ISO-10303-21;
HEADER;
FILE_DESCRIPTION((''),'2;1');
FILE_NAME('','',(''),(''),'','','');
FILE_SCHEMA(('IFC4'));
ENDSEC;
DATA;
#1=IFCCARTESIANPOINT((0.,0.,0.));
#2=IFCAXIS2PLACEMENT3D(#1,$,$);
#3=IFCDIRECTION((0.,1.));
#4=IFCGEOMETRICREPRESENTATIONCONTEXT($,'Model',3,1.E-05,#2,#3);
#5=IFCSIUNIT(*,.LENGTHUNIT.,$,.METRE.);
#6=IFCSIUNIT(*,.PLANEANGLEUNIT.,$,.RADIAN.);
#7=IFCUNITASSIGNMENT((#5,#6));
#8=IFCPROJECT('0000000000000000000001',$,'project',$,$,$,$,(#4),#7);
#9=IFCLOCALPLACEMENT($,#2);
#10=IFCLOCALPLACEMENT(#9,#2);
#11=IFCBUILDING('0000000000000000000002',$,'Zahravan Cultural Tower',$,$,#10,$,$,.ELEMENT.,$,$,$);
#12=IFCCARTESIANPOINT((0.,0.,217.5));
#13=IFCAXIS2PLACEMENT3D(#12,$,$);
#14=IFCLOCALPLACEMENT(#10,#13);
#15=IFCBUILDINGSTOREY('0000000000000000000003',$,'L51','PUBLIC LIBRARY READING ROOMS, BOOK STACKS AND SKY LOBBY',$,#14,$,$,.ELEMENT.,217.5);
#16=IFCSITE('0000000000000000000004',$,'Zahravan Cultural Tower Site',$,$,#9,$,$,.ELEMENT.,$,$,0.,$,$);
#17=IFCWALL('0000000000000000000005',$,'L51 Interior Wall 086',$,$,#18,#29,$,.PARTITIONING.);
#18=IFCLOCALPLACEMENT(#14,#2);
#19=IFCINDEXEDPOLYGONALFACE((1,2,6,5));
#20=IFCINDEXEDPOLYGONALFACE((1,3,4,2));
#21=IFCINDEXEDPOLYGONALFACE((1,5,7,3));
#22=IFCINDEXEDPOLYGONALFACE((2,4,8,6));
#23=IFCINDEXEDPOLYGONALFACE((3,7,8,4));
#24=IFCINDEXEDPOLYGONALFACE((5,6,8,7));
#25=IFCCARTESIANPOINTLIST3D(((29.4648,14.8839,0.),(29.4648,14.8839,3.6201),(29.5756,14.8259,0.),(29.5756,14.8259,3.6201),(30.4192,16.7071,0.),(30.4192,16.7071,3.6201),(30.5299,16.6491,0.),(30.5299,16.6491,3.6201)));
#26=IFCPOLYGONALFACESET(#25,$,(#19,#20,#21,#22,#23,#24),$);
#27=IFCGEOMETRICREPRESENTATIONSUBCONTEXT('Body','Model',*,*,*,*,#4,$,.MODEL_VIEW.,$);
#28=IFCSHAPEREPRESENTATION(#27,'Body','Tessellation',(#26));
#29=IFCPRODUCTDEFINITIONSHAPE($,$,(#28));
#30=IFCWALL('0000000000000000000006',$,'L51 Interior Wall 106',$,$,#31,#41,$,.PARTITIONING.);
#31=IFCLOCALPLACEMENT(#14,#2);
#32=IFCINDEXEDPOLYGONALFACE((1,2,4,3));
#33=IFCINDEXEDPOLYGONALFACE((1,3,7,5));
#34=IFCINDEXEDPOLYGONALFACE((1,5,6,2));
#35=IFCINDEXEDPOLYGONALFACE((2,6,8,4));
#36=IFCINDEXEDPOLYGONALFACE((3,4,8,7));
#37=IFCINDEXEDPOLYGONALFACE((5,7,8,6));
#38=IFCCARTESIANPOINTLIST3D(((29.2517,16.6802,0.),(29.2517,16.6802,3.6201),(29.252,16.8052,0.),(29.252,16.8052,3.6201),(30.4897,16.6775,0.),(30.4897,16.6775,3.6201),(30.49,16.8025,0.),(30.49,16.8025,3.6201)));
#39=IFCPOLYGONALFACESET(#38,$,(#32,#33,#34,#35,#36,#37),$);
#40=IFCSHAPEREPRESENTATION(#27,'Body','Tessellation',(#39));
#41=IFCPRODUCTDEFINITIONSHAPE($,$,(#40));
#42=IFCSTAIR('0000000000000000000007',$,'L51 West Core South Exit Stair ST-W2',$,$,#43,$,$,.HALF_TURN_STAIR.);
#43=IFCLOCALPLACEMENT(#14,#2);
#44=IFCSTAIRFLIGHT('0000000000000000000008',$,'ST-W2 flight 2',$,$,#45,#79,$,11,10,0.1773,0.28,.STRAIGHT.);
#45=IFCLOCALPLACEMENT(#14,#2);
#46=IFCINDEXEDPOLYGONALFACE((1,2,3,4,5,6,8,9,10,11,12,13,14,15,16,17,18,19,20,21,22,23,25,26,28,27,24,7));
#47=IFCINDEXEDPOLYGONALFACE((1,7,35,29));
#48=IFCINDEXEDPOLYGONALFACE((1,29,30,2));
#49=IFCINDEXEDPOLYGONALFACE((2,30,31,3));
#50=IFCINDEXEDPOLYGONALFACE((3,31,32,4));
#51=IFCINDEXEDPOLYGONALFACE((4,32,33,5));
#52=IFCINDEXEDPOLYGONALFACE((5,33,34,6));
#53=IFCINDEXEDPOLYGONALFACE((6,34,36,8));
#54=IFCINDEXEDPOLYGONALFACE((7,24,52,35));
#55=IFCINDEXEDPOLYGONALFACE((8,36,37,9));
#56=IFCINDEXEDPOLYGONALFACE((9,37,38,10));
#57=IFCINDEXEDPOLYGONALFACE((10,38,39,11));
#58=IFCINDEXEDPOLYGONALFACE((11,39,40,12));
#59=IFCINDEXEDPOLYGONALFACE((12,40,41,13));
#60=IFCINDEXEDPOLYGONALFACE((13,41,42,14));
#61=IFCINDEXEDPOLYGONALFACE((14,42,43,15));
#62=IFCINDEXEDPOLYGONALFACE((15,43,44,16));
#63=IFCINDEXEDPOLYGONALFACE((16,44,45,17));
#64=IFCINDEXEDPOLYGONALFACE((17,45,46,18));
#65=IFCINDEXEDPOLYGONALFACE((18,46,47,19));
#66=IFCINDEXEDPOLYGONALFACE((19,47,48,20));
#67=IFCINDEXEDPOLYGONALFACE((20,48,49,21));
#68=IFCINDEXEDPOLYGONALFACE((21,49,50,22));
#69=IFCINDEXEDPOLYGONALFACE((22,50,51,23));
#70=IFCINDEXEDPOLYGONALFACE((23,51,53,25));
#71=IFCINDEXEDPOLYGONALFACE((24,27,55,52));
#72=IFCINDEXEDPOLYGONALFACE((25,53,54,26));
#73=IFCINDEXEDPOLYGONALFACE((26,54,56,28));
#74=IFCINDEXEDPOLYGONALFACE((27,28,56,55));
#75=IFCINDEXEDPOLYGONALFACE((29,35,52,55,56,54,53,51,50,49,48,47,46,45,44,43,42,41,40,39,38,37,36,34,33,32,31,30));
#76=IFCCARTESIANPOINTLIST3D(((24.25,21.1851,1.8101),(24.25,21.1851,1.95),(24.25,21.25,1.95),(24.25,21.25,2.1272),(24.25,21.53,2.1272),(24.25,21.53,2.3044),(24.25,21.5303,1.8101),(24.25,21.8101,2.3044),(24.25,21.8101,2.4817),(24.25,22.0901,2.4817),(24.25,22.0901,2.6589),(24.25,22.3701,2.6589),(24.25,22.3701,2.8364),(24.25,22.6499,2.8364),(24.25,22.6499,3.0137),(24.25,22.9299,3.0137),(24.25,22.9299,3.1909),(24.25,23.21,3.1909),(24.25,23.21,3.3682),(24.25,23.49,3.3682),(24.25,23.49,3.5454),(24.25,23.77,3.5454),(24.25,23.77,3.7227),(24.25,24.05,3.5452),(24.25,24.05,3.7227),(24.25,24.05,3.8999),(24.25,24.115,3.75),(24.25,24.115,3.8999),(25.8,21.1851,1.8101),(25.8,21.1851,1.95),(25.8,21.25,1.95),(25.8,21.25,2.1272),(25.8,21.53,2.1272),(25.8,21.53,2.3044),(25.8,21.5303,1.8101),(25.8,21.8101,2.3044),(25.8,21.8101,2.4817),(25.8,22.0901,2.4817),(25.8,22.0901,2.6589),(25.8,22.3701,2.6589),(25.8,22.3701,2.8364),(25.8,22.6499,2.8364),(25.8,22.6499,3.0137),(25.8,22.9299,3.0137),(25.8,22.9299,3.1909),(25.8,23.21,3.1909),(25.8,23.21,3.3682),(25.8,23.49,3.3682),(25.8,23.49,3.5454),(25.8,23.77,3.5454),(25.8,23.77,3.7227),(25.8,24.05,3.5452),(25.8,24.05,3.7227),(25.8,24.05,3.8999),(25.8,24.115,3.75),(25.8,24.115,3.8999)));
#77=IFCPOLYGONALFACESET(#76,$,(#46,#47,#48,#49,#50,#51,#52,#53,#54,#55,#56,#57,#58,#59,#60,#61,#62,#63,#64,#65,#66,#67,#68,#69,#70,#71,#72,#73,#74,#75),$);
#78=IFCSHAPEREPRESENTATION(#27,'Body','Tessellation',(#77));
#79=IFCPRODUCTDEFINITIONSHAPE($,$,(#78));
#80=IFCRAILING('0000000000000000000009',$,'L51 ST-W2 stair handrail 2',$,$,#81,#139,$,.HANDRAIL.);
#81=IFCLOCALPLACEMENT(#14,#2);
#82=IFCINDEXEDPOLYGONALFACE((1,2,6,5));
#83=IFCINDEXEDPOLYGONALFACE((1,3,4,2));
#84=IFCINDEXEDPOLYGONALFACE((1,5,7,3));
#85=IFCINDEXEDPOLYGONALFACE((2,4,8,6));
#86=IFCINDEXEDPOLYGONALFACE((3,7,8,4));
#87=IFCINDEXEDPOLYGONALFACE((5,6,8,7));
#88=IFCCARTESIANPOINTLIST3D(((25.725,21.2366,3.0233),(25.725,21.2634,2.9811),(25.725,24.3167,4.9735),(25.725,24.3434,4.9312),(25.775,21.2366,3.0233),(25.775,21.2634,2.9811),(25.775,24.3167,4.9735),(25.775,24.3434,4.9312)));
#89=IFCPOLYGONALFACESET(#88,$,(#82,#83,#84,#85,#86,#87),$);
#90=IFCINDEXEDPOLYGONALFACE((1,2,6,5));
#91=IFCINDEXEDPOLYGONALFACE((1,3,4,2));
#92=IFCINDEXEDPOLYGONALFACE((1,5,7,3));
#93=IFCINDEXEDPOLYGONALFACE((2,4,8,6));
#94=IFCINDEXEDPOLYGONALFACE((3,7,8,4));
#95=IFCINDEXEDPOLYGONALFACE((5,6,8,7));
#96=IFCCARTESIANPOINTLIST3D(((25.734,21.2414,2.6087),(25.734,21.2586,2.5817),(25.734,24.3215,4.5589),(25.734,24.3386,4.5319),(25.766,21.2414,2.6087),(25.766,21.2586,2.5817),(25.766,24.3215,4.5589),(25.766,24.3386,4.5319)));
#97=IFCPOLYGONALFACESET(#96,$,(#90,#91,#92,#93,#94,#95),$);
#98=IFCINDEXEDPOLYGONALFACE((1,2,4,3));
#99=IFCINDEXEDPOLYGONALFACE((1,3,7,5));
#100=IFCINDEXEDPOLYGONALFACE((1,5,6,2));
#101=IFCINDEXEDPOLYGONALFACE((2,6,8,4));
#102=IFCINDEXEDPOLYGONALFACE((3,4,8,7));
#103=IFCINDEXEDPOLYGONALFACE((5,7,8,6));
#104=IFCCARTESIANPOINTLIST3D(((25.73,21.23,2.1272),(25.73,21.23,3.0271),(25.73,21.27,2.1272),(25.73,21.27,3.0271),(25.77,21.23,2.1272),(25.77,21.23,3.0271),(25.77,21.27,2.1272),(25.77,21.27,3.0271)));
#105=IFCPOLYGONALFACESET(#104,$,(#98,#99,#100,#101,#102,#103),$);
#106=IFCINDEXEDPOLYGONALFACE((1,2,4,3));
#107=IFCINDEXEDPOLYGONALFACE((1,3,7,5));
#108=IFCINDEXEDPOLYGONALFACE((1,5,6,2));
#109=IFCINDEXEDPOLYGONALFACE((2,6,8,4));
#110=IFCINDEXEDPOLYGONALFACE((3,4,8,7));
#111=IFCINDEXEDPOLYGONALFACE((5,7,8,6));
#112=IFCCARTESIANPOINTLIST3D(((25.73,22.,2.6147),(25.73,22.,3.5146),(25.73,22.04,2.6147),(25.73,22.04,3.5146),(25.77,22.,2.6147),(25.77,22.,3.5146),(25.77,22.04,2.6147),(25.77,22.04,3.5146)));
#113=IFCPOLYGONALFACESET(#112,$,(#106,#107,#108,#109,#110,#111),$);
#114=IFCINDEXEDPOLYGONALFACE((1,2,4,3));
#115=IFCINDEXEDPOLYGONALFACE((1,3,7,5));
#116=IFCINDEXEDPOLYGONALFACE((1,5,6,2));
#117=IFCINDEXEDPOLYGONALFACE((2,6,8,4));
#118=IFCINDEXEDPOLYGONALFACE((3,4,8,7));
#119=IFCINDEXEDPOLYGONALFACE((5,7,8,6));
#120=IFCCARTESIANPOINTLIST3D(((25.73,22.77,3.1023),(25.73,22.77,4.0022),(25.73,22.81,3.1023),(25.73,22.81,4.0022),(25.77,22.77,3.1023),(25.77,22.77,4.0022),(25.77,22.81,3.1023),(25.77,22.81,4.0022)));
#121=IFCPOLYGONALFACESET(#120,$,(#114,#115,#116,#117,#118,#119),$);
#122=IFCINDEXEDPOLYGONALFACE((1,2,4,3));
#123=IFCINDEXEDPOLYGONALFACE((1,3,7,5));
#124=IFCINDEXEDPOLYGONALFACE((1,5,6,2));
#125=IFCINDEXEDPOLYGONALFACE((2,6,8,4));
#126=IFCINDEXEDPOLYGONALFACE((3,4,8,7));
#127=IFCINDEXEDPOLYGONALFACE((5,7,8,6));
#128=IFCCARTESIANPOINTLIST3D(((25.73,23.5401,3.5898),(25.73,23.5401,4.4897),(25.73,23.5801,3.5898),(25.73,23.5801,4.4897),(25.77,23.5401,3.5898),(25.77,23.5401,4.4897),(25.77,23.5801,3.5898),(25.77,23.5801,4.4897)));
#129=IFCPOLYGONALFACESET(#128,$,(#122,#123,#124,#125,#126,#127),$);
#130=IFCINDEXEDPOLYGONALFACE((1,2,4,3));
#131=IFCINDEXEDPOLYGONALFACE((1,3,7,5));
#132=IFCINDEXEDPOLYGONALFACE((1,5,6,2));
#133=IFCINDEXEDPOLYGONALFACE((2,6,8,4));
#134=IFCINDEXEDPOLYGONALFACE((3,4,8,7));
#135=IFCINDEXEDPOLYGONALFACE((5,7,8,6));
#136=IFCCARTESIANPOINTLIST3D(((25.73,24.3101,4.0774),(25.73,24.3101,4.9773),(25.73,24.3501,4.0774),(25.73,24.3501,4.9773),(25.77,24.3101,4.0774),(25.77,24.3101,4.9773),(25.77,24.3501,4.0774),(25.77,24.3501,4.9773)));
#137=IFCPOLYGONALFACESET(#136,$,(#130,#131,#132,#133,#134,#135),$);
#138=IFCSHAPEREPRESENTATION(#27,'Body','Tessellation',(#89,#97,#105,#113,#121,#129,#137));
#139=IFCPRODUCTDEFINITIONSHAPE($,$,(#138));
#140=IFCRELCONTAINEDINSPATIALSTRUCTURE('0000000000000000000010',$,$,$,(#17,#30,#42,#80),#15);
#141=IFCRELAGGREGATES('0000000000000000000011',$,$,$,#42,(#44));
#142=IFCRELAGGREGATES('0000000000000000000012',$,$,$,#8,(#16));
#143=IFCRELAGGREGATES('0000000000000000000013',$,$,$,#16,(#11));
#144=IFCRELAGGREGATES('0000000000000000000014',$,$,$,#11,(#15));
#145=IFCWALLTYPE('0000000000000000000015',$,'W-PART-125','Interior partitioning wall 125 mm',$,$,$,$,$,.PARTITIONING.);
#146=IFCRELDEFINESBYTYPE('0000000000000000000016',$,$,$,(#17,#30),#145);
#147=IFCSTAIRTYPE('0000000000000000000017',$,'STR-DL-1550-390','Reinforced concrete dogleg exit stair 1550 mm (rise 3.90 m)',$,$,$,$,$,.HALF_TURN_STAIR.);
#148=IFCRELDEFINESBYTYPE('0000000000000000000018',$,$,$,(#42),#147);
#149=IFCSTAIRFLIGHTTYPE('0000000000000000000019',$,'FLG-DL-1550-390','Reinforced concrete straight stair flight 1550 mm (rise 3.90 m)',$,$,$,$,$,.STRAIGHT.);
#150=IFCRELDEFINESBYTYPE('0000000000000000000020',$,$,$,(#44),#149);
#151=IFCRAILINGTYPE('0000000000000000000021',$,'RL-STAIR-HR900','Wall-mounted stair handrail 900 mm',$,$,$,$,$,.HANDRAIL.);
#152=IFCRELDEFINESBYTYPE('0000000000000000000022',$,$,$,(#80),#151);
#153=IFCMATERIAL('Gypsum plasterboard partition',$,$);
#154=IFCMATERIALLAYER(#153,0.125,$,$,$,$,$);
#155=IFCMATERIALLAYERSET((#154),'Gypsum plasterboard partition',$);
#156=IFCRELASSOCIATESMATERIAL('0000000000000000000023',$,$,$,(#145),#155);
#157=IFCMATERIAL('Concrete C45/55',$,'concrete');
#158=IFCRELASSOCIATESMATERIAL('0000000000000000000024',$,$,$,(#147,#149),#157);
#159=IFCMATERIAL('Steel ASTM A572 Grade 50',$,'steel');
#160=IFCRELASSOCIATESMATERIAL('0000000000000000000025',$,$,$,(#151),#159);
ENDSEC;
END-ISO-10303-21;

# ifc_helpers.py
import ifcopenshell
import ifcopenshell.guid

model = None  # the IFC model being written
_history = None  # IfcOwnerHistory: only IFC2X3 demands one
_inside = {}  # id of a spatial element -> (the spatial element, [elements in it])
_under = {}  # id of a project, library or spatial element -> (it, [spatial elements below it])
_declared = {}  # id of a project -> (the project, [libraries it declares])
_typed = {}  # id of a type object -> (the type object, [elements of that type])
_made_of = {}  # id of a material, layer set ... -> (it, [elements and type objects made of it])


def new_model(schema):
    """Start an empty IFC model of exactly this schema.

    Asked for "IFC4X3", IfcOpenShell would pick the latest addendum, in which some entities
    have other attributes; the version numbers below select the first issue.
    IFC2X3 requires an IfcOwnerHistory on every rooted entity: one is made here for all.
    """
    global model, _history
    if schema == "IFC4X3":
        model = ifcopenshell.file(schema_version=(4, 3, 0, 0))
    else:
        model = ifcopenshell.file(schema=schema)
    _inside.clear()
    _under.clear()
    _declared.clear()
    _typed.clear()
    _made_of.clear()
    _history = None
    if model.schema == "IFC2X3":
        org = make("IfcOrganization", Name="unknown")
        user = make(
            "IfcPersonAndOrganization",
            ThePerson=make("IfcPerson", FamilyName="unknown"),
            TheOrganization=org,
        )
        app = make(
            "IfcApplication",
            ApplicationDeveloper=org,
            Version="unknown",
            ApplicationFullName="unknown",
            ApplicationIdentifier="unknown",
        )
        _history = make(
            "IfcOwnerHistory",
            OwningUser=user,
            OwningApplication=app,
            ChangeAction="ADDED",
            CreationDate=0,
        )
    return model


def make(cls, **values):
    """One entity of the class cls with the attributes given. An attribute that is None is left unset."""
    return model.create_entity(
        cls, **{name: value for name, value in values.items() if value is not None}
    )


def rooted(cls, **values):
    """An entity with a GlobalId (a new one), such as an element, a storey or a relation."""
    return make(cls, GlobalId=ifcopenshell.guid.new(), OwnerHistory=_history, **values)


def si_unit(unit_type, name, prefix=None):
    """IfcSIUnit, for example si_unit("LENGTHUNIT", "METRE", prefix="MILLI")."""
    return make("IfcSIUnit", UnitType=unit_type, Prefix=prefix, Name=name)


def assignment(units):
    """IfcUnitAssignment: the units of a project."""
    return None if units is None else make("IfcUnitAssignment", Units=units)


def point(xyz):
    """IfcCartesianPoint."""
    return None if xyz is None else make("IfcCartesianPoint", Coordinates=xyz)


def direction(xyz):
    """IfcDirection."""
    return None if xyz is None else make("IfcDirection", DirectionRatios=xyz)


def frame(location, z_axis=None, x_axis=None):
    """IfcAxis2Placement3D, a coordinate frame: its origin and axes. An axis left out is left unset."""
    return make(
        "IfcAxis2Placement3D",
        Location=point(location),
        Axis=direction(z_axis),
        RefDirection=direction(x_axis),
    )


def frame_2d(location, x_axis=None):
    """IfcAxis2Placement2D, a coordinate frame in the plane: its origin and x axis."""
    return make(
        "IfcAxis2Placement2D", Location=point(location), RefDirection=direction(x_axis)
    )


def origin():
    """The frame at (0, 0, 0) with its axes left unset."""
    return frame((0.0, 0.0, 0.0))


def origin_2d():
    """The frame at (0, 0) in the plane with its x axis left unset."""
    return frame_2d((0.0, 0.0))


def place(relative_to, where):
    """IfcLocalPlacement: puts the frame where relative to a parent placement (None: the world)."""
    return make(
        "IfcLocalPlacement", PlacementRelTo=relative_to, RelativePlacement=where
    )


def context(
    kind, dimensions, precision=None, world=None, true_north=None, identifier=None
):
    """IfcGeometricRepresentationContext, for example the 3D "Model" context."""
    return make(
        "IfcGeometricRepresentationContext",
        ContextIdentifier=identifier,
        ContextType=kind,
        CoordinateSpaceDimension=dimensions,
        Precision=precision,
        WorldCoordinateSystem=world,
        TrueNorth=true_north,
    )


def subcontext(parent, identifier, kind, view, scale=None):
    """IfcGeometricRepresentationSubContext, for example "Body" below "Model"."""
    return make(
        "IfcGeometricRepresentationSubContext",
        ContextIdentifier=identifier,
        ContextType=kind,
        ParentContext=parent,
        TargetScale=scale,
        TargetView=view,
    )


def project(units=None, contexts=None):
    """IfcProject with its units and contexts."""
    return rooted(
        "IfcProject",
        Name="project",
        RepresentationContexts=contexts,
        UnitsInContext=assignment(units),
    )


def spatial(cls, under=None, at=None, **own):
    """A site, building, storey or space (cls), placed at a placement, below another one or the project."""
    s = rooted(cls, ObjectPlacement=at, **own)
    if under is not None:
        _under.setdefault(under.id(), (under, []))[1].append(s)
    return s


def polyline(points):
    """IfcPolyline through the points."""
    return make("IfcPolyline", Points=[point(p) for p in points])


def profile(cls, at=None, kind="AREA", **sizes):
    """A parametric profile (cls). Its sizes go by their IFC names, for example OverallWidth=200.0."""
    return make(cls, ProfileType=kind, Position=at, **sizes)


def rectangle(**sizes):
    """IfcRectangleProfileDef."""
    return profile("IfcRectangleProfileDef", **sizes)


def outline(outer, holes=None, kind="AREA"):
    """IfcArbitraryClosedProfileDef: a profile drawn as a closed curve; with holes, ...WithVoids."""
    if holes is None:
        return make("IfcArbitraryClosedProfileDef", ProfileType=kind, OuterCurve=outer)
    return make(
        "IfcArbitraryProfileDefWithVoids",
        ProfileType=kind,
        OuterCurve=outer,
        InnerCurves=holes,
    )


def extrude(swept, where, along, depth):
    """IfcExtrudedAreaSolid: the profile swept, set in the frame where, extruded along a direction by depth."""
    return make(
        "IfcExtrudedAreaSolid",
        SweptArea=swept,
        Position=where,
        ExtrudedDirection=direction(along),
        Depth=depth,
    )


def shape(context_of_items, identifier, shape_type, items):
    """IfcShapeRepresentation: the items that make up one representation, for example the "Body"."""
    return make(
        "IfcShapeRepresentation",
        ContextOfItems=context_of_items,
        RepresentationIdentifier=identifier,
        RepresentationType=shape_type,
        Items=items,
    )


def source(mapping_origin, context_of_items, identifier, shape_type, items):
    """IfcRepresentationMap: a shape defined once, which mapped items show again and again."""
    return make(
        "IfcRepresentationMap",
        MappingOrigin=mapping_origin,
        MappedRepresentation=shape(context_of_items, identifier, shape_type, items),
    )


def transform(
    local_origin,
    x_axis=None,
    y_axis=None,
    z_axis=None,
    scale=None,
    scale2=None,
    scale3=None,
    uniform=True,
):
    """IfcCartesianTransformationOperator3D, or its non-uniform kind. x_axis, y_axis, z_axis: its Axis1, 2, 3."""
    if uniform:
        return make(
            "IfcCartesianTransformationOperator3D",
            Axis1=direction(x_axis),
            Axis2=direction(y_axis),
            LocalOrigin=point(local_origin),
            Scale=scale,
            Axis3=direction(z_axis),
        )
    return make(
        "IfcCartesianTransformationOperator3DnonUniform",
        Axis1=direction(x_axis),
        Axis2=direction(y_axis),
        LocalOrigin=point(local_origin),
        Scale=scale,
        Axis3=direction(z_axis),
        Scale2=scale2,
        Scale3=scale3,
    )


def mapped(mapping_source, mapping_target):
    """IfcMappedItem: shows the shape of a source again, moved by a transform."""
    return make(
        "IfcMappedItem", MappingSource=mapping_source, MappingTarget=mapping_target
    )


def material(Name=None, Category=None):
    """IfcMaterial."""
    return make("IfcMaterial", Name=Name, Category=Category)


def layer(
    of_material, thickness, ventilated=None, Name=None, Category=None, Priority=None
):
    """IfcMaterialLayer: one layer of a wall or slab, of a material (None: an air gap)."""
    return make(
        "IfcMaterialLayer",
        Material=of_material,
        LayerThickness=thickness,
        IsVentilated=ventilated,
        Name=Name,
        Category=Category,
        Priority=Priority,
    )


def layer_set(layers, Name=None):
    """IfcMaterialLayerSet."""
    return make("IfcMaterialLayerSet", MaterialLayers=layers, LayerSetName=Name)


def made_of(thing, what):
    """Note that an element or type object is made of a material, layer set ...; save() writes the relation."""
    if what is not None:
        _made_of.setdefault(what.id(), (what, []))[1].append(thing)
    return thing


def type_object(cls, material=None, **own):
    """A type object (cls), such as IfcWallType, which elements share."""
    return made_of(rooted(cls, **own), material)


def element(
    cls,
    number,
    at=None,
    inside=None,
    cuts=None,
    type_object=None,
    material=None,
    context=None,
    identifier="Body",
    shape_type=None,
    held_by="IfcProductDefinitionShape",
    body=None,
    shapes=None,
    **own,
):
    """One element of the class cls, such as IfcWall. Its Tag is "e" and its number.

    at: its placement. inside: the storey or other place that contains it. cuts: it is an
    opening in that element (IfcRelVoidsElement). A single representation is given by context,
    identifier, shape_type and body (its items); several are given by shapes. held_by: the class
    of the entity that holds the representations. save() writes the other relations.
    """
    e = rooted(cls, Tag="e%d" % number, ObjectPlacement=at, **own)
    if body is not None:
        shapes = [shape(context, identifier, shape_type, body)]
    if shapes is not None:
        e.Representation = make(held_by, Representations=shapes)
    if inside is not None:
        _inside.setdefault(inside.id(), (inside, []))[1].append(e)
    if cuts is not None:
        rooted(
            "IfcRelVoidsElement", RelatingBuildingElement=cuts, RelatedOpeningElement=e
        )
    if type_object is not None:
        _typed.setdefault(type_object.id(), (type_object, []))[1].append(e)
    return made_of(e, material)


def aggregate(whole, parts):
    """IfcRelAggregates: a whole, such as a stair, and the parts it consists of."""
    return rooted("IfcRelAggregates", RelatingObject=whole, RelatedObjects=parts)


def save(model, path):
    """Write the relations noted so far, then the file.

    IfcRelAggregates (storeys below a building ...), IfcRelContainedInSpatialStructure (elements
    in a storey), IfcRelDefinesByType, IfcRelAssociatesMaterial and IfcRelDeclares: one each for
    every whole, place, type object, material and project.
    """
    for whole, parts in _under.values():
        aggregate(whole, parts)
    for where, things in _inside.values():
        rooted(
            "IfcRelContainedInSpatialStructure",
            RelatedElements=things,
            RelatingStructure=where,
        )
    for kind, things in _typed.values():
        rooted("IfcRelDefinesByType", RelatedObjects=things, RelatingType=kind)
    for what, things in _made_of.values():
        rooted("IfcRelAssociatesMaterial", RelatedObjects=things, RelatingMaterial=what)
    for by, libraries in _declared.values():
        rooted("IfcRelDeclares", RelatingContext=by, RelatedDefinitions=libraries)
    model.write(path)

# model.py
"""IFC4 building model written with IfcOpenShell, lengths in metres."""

from ifc_helpers import new_model, si_unit, direction, frame, frame_2d, origin, origin_2d, place, context, subcontext, project, spatial, polyline, rectangle, outline, extrude, source, transform, mapped, material, layer, layer_set, type_object, element, aggregate, save


model = new_model("IFC4")

# Units and contexts
model_context = context("Model", 3, precision=1e-05, world=origin(), true_north=direction((0.0, 1.0)))
body_context = subcontext(model_context, "Body", "Model", "MODEL_VIEW")
ifc_project = project(units=[si_unit("LENGTHUNIT", "METRE"), si_unit("PLANEANGLEUNIT", "RADIAN")], contexts=[model_context])

# Site, building, storey
site_placement = place(None, origin())
site = spatial("IfcSite", under=ifc_project, at=site_placement, Name="Zahravan Cultural Tower Site", CompositionType="ELEMENT", RefElevation=0.0)
building_placement = place(site_placement, origin())
building = spatial("IfcBuilding", under=site, at=building_placement, Name="Zahravan Cultural Tower", CompositionType="ELEMENT")
storey_placement = place(building_placement, frame((0.0, 0.0, 217.5)))
storey = spatial("IfcBuildingStorey", under=building, at=storey_placement, Name="L51", Description="PUBLIC LIBRARY READING ROOMS, BOOK STACKS AND SKY LOBBY", CompositionType="ELEMENT", Elevation=217.5)

# Shared definitions
ifc_material_1 = material(Name="Steel ASTM A572 Grade 50", Category="steel")

# Shared definitions
ifc_material_2 = material(Name="Gypsum plasterboard partition")
ifc_layer_1 = layer(ifc_material_2, 0.125)
ifc_layer_set_1 = layer_set([ifc_layer_1], Name="Gypsum plasterboard partition")
wall_type_1 = type_object("IfcWallType", Name="W-PART-125", Description="Interior partitioning wall 125 mm", PredefinedType="PARTITIONING", material=ifc_layer_set_1)
ifc_material_3 = material(Name="Concrete C45/55", Category="concrete")

# Walls
shared_shape_1 = source(origin(), body_context, "Body", "SweptSolid", [
    extrude(rectangle(XDim=2.0579, YDim=0.125, at=frame_2d((1.0288, 0.0))), origin(), (0.0, 0.0, 1.0), 3.6201),
])
wall_1_placement = place(storey_placement, frame((29.5203, 14.855, 0.0), z_axis=(0.0, 0.0, 1.0), x_axis=(0.463745, 0.885968, 0.0)))
element("IfcWall", 1, at=wall_1_placement, inside=storey, type_object=wall_type_1, Name="L51 Interior Wall 086", PredefinedType="PARTITIONING", context=body_context, shape_type="MappedRepresentation", body=[
    mapped(shared_shape_1, transform((0.0, 0.0, 0.0), x_axis=(1.0, 0.0, 0.0), y_axis=(0.0, 1.0, 0.0), z_axis=(0.0, 0.0, 1.0), scale=1.0)),
])
shared_shape_2 = source(origin(), body_context, "Body", "SweptSolid", [
    extrude(rectangle(XDim=1.238, YDim=0.125, at=frame_2d((0.6191, 0.0))), origin(), (0.0, 0.0, 1.0), 3.6201),
])
wall_2_placement = place(storey_placement, frame((29.2517, 16.7427, 0.0), z_axis=(0.0, 0.0, 1.0), x_axis=(0.999998, -0.002169, 0.0)))
element("IfcWall", 2, at=wall_2_placement, inside=storey, type_object=wall_type_1, Name="L51 Interior Wall 106", PredefinedType="PARTITIONING", context=body_context, shape_type="MappedRepresentation", body=[
    mapped(shared_shape_2, transform((0.0, 0.0, 0.0), x_axis=(1.0, 0.0, 0.0), y_axis=(0.0, 1.0, 0.0), z_axis=(0.0, 0.0, 1.0), scale=1.0)),
])

# Stair, stair flight
stair_type = type_object("IfcStairType", Name="STR-DL-1550-390", Description="Reinforced concrete dogleg exit stair 1550 mm (rise 3.90 m)", PredefinedType="HALF_TURN_STAIR", material=ifc_material_3)
stair_placement = place(storey_placement, origin())
stair = element("IfcStair", 3, at=stair_placement, inside=storey, type_object=stair_type, Name="L51 West Core South Exit Stair ST-W2", PredefinedType="HALF_TURN_STAIR")
stair_flight_type = type_object("IfcStairFlightType", Name="FLG-DL-1550-390", Description="Reinforced concrete straight stair flight 1550 mm (rise 3.90 m)", PredefinedType="STRAIGHT", material=ifc_material_3)
stair_flight_placement = place(storey_placement, frame((25.0249, 21.25, 1.95), z_axis=(0.0, 0.0, 1.0), x_axis=(0.0, 1.0, 0.0)))
stair_flight = element("IfcStairFlight", 4, at=stair_flight_placement, type_object=stair_flight_type, Name="ST-W2 flight 2", NumberOfRisers=11, NumberOfTreads=10, PredefinedType="STRAIGHT", RiserHeight=0.1773, TreadLength=0.28, context=body_context, shape_type="SweptSolid", body=[
    extrude(outline(polyline([(-0.0649, -0.1399), (-0.0649, 0.0), (0.0, 0.0), (0.0, 0.1772), (0.28, 0.1772), (0.28, 0.3545), (0.5601, 0.3545), (0.5601, 0.5317), (0.8401, 0.5317), (0.8401, 0.709), (1.1201, 0.709), (1.1201, 0.8865), (1.3999, 0.8865), (1.3999, 1.0637), (1.6799, 1.0637), (1.6799, 1.241), (1.96, 1.241), (1.96, 1.4182), (2.24, 1.4182), (2.24, 1.5955), (2.52, 1.5955), (2.52, 1.7727), (2.8, 1.7727), (2.8, 1.95), (2.865, 1.95), (2.865, 1.8), (2.8, 1.5952), (0.2803, -0.1399), (-0.0649, -0.1399)])), frame((0.0, 0.7749, 0.0), z_axis=(0.0, -1.0, 0.0), x_axis=(1.0, 0.0, 0.0)), (0.0, 0.0, 1.0), 1.55),
])
aggregate(stair, [stair_flight])

# Railing
railing_type = type_object("IfcRailingType", Name="RL-STAIR-HR900", Description="Wall-mounted stair handrail 900 mm", PredefinedType="HANDRAIL", material=ifc_material_1)
railing_placement = place(storey_placement, frame((25.75, 21.25, 2.1272)))
element("IfcRailing", 5, at=railing_placement, inside=storey, type_object=railing_type, Name="L51 ST-W2 stair handrail 2", PredefinedType="HANDRAIL", context=body_context, shape_type="SweptSolid", body=[
    extrude(rectangle(XDim=0.05, YDim=0.05, at=origin_2d()), frame((0.0, 0.0, 0.875), z_axis=(0.0, 0.844884, 0.53495), x_axis=(-1.0, 0.0, 0.0)), (0.0, 0.0, 1.0), 3.6455),
    extrude(rectangle(XDim=0.032, YDim=0.032, at=origin_2d()), frame((0.0, 0.0, 0.468), z_axis=(0.0, 0.844884, 0.53495), x_axis=(-1.0, 0.0, 0.0)), (0.0, 0.0, 1.0), 3.6455),
    extrude(rectangle(XDim=0.04, YDim=0.04, at=origin_2d()), origin(), (0.0, 0.0, 1.0), 0.8999),
    extrude(rectangle(XDim=0.04, YDim=0.04, at=origin_2d()), frame((0.0, 0.77, 0.4875)), (0.0, 0.0, 1.0), 0.8999),
    extrude(rectangle(XDim=0.04, YDim=0.04, at=origin_2d()), frame((0.0, 1.54, 0.9751)), (0.0, 0.0, 1.0), 0.8999),
    extrude(rectangle(XDim=0.04, YDim=0.04, at=origin_2d()), frame((0.0, 2.3101, 1.4626)), (0.0, 0.0, 1.0), 0.8999),
    extrude(rectangle(XDim=0.04, YDim=0.04, at=origin_2d()), frame((0.0, 3.0801, 1.9502)), (0.0, 0.0, 1.0), 0.8999),
])

save(model, "model.ifc")
